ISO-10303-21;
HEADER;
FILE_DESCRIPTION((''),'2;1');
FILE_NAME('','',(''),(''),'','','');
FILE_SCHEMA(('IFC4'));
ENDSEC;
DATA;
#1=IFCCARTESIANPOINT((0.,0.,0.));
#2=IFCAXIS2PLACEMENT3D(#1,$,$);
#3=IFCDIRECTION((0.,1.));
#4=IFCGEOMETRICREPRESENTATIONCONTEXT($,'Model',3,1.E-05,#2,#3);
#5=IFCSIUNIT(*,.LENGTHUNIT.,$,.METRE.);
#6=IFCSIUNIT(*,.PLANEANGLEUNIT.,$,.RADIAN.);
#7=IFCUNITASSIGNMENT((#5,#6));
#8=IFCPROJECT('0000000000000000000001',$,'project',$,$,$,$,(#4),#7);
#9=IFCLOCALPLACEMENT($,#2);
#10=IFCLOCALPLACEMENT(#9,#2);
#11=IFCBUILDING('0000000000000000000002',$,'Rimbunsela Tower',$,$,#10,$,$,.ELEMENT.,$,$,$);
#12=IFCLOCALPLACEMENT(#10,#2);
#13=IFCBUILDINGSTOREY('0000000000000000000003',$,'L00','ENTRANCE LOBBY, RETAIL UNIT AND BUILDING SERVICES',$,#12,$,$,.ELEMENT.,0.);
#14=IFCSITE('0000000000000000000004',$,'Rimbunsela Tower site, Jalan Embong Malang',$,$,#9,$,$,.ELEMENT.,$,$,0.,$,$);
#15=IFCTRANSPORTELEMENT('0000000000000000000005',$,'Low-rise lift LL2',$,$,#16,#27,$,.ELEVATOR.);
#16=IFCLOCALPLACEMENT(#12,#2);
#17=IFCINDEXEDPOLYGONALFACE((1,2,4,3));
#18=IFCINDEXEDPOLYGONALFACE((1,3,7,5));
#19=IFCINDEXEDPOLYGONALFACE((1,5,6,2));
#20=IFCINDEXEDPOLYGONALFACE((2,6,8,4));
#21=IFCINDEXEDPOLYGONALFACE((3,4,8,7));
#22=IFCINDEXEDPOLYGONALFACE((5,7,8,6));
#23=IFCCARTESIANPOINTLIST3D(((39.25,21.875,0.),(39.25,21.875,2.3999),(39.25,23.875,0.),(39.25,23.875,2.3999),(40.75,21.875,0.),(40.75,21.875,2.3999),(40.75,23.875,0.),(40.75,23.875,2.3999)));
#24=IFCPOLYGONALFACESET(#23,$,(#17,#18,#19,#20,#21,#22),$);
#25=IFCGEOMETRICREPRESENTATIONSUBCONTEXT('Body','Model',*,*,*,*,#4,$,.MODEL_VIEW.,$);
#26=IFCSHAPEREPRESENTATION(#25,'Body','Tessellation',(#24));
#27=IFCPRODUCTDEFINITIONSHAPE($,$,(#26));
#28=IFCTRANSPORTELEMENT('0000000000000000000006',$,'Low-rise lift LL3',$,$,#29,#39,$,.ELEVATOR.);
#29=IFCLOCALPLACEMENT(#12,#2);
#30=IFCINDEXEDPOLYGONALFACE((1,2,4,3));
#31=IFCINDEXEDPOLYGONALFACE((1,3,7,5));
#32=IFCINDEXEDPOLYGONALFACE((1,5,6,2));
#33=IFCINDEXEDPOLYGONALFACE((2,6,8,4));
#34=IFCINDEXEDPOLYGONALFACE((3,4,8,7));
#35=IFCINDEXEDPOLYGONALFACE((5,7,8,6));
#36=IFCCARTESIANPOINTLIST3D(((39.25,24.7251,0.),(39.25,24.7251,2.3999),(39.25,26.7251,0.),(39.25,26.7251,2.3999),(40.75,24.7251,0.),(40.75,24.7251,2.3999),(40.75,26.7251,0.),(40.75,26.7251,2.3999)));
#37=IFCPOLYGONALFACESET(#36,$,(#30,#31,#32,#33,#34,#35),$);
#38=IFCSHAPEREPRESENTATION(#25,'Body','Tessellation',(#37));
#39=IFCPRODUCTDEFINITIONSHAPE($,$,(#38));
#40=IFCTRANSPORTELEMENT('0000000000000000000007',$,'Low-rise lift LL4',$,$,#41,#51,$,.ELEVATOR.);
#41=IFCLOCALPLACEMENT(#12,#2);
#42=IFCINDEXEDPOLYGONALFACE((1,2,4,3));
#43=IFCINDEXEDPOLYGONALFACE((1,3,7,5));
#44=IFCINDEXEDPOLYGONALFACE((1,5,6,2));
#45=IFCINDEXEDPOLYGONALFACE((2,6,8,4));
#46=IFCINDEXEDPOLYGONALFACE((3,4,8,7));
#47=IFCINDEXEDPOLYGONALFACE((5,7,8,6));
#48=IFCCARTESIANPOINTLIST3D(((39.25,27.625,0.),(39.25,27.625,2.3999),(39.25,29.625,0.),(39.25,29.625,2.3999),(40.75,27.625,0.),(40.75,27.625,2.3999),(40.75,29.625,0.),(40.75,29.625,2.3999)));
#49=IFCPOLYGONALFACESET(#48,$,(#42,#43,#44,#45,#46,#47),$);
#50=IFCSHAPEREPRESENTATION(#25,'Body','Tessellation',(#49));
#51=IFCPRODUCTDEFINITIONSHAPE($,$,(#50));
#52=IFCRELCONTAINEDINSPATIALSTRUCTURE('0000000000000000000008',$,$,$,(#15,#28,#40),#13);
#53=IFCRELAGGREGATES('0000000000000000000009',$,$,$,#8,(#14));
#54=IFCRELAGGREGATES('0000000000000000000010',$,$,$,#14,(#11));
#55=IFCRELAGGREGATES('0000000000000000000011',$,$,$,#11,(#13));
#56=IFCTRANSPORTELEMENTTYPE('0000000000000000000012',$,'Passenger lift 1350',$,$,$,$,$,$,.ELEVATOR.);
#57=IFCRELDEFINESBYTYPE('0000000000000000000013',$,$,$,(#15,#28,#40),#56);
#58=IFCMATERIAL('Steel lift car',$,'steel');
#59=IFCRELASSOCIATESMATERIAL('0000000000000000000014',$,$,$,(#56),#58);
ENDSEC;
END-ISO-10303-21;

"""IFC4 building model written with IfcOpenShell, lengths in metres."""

from ifc_helpers import new_model, si_unit, direction, frame, origin, origin_2d, place, context, subcontext, project, spatial, rectangle, extrude, material, type_object, element, save


model = new_model("IFC4")

# Units and contexts
model_context = context("Model", 3, precision=1e-05, world=origin(), true_north=direction((0.0, 1.0)))
body_context = subcontext(model_context, "Body", "Model", "MODEL_VIEW")
ifc_project = project(units=[si_unit("LENGTHUNIT", "METRE"), si_unit("PLANEANGLEUNIT", "RADIAN")], contexts=[model_context])

# Site, building, storey
site_placement = place(None, origin())
site = spatial("IfcSite", under=ifc_project, at=site_placement, Name="Rimbunsela Tower site, Jalan Embong Malang", CompositionType="ELEMENT", RefElevation=0.0)
building_placement = place(site_placement, origin())
building = spatial("IfcBuilding", under=site, at=building_placement, Name="Rimbunsela Tower", CompositionType="ELEMENT")
storey_placement = place(building_placement, origin())
storey = spatial("IfcBuildingStorey", under=building, at=storey_placement, Name="L00", Description="ENTRANCE LOBBY, RETAIL UNIT AND BUILDING SERVICES", CompositionType="ELEMENT", Elevation=0.0)

# Transport elements
ifc_material_1 = material(Name="Steel lift car", Category="steel")
transport_element_type = type_object("IfcTransportElementType", Name="Passenger lift 1350", PredefinedType="ELEVATOR", material=ifc_material_1)
for number, where, z_axis, x_axis, name in (
    (1, (40.0, 22.875, 0.0), (0.0, 0.0, 1.0), (1.0, 0.0, 0.0), "Low-rise lift LL2"),
    (2, (40.0, 25.7251, 0.0), (0.0, 0.0, 1.0), (1.0, 0.0, 0.0), "Low-rise lift LL3"),
    (3, (40.0, 28.625, 0.0), (0.0, 0.0, 1.0), (1.0, 0.0, 0.0), "Low-rise lift LL4"),
):
    element("IfcTransportElement", number, at=place(storey_placement, frame(where, z_axis=z_axis, x_axis=x_axis)), inside=storey, type_object=transport_element_type, Name=name, PredefinedType="ELEVATOR", context=body_context, shape_type="SweptSolid", body=[
        extrude(rectangle(XDim=1.5, YDim=2.0, at=origin_2d()), origin(), (0.0, 0.0, 1.0), 2.3999),
    ])

save(model, "model.ifc")
